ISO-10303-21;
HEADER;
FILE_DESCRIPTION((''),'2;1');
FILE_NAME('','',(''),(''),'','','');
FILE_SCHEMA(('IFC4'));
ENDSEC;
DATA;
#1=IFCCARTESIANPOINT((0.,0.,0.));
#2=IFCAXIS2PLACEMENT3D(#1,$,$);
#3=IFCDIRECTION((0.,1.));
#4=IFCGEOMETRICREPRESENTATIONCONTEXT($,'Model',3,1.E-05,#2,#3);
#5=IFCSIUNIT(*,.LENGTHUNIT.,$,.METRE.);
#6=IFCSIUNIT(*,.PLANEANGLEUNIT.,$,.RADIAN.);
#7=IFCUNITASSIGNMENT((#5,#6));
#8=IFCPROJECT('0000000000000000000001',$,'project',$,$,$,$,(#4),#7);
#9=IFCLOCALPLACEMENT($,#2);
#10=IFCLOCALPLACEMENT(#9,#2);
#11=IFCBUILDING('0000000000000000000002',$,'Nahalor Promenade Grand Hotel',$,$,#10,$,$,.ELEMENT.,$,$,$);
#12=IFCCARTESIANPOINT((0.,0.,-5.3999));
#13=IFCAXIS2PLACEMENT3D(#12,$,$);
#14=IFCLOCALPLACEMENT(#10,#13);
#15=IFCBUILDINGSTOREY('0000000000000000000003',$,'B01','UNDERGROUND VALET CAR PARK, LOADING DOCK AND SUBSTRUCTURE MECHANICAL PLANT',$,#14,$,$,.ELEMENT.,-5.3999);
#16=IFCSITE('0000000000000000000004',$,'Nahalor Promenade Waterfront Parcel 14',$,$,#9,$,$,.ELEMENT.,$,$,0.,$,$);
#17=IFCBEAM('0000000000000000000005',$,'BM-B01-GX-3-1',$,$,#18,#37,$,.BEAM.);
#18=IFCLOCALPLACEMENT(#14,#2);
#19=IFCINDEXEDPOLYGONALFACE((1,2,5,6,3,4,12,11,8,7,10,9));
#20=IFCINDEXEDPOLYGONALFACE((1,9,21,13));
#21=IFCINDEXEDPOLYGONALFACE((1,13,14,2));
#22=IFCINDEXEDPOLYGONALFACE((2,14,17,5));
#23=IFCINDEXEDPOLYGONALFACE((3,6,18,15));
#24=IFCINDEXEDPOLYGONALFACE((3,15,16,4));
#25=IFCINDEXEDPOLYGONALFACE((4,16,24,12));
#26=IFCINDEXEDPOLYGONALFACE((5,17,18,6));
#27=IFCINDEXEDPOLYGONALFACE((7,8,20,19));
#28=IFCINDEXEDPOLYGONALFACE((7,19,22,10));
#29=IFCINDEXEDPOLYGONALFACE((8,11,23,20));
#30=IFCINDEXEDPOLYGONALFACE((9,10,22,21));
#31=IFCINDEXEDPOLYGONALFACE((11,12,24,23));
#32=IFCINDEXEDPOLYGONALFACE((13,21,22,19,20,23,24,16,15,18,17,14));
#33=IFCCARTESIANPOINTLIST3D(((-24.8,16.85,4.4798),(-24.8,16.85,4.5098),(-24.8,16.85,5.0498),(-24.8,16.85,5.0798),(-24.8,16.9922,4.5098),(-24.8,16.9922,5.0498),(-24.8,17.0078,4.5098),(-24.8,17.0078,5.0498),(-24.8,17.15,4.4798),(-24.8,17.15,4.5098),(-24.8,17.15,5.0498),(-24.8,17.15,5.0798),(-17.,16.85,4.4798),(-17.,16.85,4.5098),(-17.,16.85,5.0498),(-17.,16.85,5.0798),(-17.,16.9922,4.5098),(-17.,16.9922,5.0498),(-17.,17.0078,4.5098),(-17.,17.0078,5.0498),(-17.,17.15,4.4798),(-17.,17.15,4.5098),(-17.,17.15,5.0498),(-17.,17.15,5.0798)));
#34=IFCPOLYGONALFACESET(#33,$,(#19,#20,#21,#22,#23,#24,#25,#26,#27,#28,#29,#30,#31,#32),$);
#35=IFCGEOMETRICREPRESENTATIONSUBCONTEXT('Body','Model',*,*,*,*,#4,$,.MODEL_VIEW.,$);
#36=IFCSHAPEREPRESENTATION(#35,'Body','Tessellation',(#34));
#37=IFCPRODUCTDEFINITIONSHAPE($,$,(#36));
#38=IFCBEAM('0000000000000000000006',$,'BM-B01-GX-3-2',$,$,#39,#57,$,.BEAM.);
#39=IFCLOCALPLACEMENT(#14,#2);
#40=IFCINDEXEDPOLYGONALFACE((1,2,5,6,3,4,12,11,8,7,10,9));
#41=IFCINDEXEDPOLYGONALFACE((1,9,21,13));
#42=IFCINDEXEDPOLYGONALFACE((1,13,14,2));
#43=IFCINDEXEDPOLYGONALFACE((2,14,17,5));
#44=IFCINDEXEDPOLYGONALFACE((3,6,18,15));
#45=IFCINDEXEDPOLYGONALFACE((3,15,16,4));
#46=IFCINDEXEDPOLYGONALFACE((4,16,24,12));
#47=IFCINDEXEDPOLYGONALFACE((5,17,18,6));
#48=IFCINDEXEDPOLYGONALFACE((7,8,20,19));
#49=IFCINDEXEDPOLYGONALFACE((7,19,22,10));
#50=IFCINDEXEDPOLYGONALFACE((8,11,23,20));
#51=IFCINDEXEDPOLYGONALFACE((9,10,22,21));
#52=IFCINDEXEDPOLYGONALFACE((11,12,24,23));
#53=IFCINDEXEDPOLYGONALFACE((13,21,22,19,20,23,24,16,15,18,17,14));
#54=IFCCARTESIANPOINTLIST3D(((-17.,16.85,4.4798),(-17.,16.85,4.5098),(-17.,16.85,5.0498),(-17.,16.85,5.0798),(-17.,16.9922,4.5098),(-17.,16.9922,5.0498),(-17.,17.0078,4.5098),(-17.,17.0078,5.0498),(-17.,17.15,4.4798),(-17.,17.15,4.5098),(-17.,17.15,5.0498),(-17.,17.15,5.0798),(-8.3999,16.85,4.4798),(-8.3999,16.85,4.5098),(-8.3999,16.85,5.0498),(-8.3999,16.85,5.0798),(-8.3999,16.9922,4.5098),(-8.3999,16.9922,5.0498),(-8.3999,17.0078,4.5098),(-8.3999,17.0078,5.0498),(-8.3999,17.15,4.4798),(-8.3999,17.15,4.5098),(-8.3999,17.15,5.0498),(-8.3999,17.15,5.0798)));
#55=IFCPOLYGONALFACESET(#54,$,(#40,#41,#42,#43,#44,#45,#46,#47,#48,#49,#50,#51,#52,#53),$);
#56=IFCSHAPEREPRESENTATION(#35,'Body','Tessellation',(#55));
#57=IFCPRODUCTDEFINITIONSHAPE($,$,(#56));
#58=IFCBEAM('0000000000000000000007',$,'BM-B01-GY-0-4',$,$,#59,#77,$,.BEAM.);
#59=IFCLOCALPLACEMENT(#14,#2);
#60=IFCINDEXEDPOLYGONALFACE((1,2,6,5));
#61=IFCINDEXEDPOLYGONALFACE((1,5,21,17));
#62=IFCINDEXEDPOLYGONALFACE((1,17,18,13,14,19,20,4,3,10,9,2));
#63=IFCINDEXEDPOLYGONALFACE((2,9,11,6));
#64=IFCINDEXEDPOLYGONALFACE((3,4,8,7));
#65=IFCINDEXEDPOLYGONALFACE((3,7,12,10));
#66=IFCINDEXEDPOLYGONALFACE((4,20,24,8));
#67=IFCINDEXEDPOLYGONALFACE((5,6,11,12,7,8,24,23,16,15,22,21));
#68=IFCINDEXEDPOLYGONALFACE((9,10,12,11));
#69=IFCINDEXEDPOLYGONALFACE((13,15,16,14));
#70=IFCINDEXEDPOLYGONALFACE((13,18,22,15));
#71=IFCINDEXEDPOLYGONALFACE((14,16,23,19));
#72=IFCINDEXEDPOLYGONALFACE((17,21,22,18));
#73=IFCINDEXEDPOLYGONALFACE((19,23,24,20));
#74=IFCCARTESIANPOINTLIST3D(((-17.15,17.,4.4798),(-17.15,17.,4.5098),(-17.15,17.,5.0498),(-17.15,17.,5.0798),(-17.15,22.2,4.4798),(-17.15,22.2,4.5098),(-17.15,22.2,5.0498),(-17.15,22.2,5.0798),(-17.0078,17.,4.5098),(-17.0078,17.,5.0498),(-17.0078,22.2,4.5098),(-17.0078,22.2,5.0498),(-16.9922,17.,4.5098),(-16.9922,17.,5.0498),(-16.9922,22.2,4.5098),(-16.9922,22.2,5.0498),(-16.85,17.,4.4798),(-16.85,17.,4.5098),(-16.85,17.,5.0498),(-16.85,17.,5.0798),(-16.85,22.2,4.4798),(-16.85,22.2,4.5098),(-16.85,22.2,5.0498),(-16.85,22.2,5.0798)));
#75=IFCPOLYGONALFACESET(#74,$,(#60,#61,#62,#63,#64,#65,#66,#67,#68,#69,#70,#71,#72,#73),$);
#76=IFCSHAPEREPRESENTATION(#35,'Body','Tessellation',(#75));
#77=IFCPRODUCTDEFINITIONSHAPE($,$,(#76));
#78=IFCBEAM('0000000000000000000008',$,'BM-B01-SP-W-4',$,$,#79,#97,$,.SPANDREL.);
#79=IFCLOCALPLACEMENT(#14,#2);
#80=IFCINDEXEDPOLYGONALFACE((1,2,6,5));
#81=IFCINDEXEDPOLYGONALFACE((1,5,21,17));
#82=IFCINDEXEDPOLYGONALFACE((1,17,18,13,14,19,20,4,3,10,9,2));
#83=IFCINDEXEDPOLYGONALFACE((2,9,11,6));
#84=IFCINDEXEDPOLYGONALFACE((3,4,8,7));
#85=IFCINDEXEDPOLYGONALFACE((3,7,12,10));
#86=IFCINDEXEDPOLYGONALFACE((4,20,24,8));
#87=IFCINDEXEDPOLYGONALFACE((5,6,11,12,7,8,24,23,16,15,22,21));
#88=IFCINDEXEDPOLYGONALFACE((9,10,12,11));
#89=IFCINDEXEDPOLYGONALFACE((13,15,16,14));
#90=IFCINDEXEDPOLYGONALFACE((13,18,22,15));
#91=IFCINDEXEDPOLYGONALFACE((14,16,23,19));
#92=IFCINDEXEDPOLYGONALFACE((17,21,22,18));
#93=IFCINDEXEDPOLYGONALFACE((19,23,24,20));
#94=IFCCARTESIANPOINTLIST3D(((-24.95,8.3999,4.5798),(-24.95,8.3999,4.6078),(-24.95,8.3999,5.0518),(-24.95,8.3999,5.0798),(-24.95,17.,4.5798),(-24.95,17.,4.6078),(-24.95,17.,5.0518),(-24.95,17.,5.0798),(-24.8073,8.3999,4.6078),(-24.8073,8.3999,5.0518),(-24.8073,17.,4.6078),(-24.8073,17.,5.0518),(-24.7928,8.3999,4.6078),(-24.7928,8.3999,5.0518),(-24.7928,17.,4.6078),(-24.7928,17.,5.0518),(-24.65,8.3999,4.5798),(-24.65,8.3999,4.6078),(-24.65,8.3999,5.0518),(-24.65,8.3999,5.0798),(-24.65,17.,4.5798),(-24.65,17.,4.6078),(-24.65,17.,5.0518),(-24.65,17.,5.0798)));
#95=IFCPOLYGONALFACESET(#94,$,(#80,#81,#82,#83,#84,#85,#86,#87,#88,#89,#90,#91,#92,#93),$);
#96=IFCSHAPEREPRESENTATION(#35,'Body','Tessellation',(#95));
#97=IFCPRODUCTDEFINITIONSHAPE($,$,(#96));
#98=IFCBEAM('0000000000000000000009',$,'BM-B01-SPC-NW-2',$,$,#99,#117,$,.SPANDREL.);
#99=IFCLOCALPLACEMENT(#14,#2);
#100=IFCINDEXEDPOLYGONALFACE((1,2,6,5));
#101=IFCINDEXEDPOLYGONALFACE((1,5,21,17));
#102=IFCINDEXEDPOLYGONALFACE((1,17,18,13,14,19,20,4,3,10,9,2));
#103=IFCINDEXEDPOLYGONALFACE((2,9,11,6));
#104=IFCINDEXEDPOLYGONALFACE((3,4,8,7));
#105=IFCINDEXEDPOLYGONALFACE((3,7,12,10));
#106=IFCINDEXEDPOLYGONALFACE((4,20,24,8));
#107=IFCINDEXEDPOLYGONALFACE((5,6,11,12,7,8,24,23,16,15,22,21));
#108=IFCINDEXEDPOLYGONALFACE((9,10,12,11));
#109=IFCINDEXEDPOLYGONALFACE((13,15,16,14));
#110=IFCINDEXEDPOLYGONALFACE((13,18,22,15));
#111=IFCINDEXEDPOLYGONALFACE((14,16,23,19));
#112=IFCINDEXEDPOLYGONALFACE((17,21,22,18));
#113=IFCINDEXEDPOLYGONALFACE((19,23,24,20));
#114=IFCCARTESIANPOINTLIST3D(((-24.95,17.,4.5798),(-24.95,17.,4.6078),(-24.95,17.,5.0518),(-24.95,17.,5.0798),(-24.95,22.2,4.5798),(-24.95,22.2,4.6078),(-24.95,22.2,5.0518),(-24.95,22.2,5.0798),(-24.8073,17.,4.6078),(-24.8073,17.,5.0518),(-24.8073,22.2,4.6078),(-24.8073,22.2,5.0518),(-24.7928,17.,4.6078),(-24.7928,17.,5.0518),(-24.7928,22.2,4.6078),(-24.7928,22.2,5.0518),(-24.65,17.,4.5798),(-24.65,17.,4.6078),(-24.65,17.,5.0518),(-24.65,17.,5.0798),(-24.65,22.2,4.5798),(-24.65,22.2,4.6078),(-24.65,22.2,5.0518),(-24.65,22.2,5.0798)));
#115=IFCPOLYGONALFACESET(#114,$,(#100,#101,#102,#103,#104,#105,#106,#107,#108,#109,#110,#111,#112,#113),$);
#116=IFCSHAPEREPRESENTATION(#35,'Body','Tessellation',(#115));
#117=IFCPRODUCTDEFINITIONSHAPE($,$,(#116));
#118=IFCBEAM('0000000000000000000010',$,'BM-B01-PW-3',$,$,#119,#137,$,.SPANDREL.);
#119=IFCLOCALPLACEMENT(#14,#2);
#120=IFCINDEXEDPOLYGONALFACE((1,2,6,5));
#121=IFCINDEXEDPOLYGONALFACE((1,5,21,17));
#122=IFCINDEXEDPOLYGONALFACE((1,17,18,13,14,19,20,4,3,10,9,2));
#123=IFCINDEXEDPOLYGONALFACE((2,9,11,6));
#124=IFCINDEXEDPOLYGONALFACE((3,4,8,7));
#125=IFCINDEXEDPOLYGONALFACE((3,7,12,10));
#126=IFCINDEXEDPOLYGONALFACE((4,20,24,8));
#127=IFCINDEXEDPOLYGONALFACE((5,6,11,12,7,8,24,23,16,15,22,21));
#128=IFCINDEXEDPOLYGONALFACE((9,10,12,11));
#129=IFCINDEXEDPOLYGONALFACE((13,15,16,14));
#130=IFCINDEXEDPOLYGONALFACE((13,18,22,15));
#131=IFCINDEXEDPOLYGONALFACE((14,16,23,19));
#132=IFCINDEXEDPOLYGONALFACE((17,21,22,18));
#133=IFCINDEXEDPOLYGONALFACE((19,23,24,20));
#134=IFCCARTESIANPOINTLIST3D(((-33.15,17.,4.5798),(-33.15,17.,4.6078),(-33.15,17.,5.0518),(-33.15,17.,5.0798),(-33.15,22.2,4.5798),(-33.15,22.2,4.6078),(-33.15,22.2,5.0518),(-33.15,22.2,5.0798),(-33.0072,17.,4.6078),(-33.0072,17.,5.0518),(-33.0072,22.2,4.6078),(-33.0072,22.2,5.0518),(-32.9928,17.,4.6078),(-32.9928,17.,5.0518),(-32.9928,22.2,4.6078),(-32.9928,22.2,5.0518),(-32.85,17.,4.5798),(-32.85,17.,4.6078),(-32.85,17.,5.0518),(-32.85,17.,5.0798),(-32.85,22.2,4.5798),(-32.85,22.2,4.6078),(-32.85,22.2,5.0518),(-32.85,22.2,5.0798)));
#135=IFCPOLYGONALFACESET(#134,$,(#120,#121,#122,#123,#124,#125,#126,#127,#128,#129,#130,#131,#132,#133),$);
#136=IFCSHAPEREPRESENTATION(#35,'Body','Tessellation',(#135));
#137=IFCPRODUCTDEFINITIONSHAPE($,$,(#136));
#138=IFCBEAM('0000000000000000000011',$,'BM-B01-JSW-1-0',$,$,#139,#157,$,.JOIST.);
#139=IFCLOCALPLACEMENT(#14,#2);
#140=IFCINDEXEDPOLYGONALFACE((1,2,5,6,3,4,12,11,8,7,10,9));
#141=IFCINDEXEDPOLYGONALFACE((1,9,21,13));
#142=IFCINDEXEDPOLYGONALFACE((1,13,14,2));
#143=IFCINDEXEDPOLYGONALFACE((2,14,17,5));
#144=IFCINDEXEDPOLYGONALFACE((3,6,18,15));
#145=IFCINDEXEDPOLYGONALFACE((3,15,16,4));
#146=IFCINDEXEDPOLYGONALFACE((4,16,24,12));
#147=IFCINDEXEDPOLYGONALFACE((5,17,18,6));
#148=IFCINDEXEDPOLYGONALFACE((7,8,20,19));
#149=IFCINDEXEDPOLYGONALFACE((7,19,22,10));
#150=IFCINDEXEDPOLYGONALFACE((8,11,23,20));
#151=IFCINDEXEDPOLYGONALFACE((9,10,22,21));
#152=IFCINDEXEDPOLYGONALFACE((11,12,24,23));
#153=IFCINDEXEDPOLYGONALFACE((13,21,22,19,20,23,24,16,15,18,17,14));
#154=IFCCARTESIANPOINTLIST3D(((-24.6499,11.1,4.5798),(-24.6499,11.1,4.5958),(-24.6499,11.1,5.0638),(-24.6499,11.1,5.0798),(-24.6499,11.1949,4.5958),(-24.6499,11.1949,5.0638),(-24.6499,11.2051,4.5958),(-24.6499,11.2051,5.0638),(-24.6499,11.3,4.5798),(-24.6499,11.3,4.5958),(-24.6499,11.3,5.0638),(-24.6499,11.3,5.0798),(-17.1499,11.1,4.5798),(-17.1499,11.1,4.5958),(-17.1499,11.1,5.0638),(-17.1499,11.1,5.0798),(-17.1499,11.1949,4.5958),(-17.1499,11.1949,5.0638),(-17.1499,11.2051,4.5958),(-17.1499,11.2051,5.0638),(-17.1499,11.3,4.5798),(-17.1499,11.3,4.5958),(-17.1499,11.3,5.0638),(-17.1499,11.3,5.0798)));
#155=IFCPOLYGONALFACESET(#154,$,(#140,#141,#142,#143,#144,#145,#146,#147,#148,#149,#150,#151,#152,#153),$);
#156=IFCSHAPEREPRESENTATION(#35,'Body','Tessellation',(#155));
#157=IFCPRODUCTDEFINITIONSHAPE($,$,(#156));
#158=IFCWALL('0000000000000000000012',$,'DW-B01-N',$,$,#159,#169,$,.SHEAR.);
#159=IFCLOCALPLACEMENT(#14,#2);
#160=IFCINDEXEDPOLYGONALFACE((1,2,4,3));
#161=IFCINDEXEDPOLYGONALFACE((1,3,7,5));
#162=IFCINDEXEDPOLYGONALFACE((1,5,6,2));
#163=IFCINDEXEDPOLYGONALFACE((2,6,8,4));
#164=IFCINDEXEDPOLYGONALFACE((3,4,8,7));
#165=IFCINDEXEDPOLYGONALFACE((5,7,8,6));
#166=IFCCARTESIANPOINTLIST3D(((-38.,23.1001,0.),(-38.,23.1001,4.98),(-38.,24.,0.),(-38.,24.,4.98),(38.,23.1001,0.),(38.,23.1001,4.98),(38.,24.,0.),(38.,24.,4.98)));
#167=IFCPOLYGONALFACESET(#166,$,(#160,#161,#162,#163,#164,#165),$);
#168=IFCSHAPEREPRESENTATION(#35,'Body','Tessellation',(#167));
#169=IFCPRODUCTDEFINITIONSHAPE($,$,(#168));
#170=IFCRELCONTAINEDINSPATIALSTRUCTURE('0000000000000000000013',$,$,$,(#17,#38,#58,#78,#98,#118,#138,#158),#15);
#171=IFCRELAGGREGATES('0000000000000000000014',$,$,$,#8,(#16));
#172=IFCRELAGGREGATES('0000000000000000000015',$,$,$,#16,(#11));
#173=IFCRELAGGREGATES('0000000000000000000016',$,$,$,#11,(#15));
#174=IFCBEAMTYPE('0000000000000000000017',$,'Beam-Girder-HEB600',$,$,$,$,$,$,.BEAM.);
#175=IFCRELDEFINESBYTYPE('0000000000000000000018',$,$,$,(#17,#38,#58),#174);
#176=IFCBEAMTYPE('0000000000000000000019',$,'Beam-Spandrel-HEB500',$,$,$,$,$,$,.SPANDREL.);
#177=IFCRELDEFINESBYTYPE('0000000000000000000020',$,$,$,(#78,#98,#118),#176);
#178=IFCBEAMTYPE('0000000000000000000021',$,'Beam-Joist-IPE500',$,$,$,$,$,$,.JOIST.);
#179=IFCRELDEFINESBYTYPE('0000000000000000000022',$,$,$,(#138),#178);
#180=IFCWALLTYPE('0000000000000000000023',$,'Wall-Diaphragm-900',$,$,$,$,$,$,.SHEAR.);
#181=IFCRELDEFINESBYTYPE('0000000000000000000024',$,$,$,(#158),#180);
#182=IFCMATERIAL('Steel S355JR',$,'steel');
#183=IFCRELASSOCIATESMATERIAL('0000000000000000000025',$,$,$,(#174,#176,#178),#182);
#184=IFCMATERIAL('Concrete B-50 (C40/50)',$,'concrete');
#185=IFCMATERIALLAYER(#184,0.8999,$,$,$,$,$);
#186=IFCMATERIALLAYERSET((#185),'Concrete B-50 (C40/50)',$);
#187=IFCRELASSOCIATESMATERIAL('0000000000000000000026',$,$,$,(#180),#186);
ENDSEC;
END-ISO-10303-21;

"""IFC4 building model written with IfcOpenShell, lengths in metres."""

from ifc_helpers import new_model, si_unit, direction, frame, frame_2d, origin, origin_2d, place, context, subcontext, project, spatial, rectangle, i_section, extrude, source, transform, mapped, material, layer, layer_set, material_profile, profile_set, type_object, element, save


model = new_model("IFC4")

# Units and contexts
model_context = context("Model", 3, precision=1e-05, world=origin(), true_north=direction((0.0, 1.0)))
body_context = subcontext(model_context, "Body", "Model", "MODEL_VIEW")
ifc_project = project(units=[si_unit("LENGTHUNIT", "METRE"), si_unit("PLANEANGLEUNIT", "RADIAN")], contexts=[model_context])

# Site, building, storey
site_placement = place(None, origin())
site = spatial("IfcSite", under=ifc_project, at=site_placement, Name="Nahalor Promenade Waterfront Parcel 14", CompositionType="ELEMENT", RefElevation=0.0)
building_placement = place(site_placement, origin())
building = spatial("IfcBuilding", under=site, at=building_placement, Name="Nahalor Promenade Grand Hotel", CompositionType="ELEMENT")
storey_placement = place(building_placement, frame((0.0, 0.0, -5.3999)))
storey = spatial("IfcBuildingStorey", under=building, at=storey_placement, Name="B01", Description="UNDERGROUND VALET CAR PARK, LOADING DOCK AND SUBSTRUCTURE MECHANICAL PLANT", CompositionType="ELEMENT", Elevation=-5.3999)

# Shared definitions
ifc_material_1 = material(Name="Concrete B-50 (C40/50)", Category="concrete")

# Beams
ifc_material_2 = material(Name="Steel S355JR", Category="steel")
ifc_material_profile_1 = material_profile(ifc_material_2, i_section(OverallWidth=0.3, OverallDepth=0.6, WebThickness=0.0155, FlangeThickness=0.03, at=origin_2d()), Name="HEB 600")
ifc_profile_set_1 = profile_set([ifc_material_profile_1], Name="Steel S355JR")
beam_type_1 = type_object("IfcBeamType", Name="Beam-Girder-HEB600", PredefinedType="BEAM", material=ifc_profile_set_1)
shared_shape_1 = source(origin(), body_context, "Body", "SweptSolid", [
    extrude(i_section(OverallWidth=0.3, OverallDepth=0.6, WebThickness=0.0155, FlangeThickness=0.03, at=origin_2d()), origin(), (0.0, 0.0, 1.0), 7.8),
])
beam_1_placement = place(storey_placement, frame((-24.8, 17.0, 4.7798), z_axis=(1.0, 0.0, 0.0), x_axis=(0.0, 1.0, 0.0)))
element("IfcBeam", 1, at=beam_1_placement, inside=storey, type_object=beam_type_1, Name="BM-B01-GX-3-1", PredefinedType="BEAM", context=body_context, shape_type="MappedRepresentation", body=[
    mapped(shared_shape_1, transform((0.0, 0.0, 0.0), scale=1.0)),
])
shared_shape_2 = source(origin(), body_context, "Body", "SweptSolid", [
    extrude(i_section(OverallWidth=0.3, OverallDepth=0.6, WebThickness=0.0155, FlangeThickness=0.03, at=origin_2d()), origin(), (0.0, 0.0, 1.0), 8.6001),
])
beam_2_placement = place(storey_placement, frame((-17.0, 17.0, 4.7798), z_axis=(1.0, 0.0, 0.0), x_axis=(0.0, 1.0, 0.0)))
element("IfcBeam", 2, at=beam_2_placement, inside=storey, type_object=beam_type_1, Name="BM-B01-GX-3-2", PredefinedType="BEAM", context=body_context, shape_type="MappedRepresentation", body=[
    mapped(shared_shape_2, transform((0.0, 0.0, 0.0), scale=1.0)),
])
shared_shape_3 = source(origin(), body_context, "Body", "SweptSolid", [
    extrude(i_section(OverallWidth=0.3, OverallDepth=0.6, WebThickness=0.0155, FlangeThickness=0.03, at=origin_2d()), origin(), (0.0, 0.0, 1.0), 5.2),
])
beam_3_placement = place(storey_placement, frame((-17.0, 17.0, 4.7798), z_axis=(0.0, 1.0, 0.0), x_axis=(-1.0, 0.0, 0.0)))
element("IfcBeam", 3, at=beam_3_placement, inside=storey, type_object=beam_type_1, Name="BM-B01-GY-0-4", PredefinedType="BEAM", context=body_context, shape_type="MappedRepresentation", body=[
    mapped(shared_shape_3, transform((0.0, 0.0, 0.0), scale=1.0)),
])
ifc_material_profile_2 = material_profile(ifc_material_2, i_section(OverallWidth=0.3, OverallDepth=0.5, WebThickness=0.0145, FlangeThickness=0.028, at=origin_2d()), Name="HEB 500")
ifc_profile_set_2 = profile_set([ifc_material_profile_2], Name="Steel S355JR")
beam_type_2 = type_object("IfcBeamType", Name="Beam-Spandrel-HEB500", PredefinedType="SPANDREL", material=ifc_profile_set_2)
shared_shape_4 = source(origin(), body_context, "Body", "SweptSolid", [
    extrude(i_section(OverallWidth=0.3, OverallDepth=0.5, WebThickness=0.0145, FlangeThickness=0.028, at=origin_2d()), origin(), (0.0, 0.0, 1.0), 8.6001),
])
beam_4_placement = place(storey_placement, frame((-24.8, 8.3999, 4.8298), z_axis=(0.0, 1.0, 0.0), x_axis=(-1.0, 0.0, 0.0)))
element("IfcBeam", 4, at=beam_4_placement, inside=storey, type_object=beam_type_2, Name="BM-B01-SP-W-4", PredefinedType="SPANDREL", context=body_context, shape_type="MappedRepresentation", body=[
    mapped(shared_shape_4, transform((0.0, 0.0, 0.0), scale=1.0)),
])
shared_shape_5 = source(origin(), body_context, "Body", "SweptSolid", [
    extrude(i_section(OverallWidth=0.3, OverallDepth=0.5, WebThickness=0.0145, FlangeThickness=0.028, at=origin_2d()), origin(), (0.0, 0.0, 1.0), 5.2),
])
for number, where, z_axis, x_axis, name in (
    (5, (-24.8, 22.2, 4.8298), (0.0, -1.0, 0.0), (1.0, 0.0, 0.0), "BM-B01-SPC-NW-2"),
    (6, (-33.0, 17.0, 4.8298), (0.0, 1.0, 0.0), (-1.0, 0.0, 0.0), "BM-B01-PW-3"),
):
    element("IfcBeam", number, at=place(storey_placement, frame(where, z_axis=z_axis, x_axis=x_axis)), inside=storey, type_object=beam_type_2, Name=name, PredefinedType="SPANDREL", context=body_context, shape_type="MappedRepresentation", body=[
        mapped(shared_shape_5, transform((0.0, 0.0, 0.0), scale=1.0)),
    ])
ifc_material_profile_3 = material_profile(ifc_material_2, i_section(OverallWidth=0.2, OverallDepth=0.5, WebThickness=0.0102, FlangeThickness=0.016, at=origin_2d()), Name="IPE 500")
ifc_profile_set_3 = profile_set([ifc_material_profile_3], Name="Steel S355JR")
beam_type_3 = type_object("IfcBeamType", Name="Beam-Joist-IPE500", PredefinedType="JOIST", material=ifc_profile_set_3)
shared_shape_6 = source(origin(), body_context, "Body", "SweptSolid", [
    extrude(i_section(OverallWidth=0.2, OverallDepth=0.5, WebThickness=0.0102, FlangeThickness=0.016, at=origin_2d()), origin(), (0.0, 0.0, 1.0), 7.5),
])
beam_5_placement = place(storey_placement, frame((-24.6499, 11.2, 4.8298), z_axis=(1.0, 0.0, 0.0), x_axis=(0.0, 1.0, 0.0)))
element("IfcBeam", 7, at=beam_5_placement, inside=storey, type_object=beam_type_3, Name="BM-B01-JSW-1-0", PredefinedType="JOIST", context=body_context, shape_type="MappedRepresentation", body=[
    mapped(shared_shape_6, transform((0.0, 0.0, 0.0), scale=1.0)),
])

# Wall
ifc_layer_1 = layer(ifc_material_1, 0.8999)
ifc_layer_set_1 = layer_set([ifc_layer_1], Name="Concrete B-50 (C40/50)")
wall_type_1 = type_object("IfcWallType", Name="Wall-Diaphragm-900", PredefinedType="SHEAR", material=ifc_layer_set_1)
shared_shape_7 = source(origin(), body_context, "Body", "SweptSolid", [
    extrude(rectangle(XDim=76.0, YDim=0.8999, at=frame_2d((38.0, 0.0))), origin(), (0.0, 0.0, 1.0), 4.98),
])
wall_1_placement = place(storey_placement, frame((-38.0, 23.55, 0.0), z_axis=(0.0, 0.0, 1.0), x_axis=(1.0, 0.0, 0.0)))
element("IfcWall", 8, at=wall_1_placement, inside=storey, type_object=wall_type_1, Name="DW-B01-N", PredefinedType="SHEAR", context=body_context, shape_type="MappedRepresentation", body=[
    mapped(shared_shape_7, transform((0.0, 0.0, 0.0), scale=1.0)),
])

save(model, "model.ifc")
